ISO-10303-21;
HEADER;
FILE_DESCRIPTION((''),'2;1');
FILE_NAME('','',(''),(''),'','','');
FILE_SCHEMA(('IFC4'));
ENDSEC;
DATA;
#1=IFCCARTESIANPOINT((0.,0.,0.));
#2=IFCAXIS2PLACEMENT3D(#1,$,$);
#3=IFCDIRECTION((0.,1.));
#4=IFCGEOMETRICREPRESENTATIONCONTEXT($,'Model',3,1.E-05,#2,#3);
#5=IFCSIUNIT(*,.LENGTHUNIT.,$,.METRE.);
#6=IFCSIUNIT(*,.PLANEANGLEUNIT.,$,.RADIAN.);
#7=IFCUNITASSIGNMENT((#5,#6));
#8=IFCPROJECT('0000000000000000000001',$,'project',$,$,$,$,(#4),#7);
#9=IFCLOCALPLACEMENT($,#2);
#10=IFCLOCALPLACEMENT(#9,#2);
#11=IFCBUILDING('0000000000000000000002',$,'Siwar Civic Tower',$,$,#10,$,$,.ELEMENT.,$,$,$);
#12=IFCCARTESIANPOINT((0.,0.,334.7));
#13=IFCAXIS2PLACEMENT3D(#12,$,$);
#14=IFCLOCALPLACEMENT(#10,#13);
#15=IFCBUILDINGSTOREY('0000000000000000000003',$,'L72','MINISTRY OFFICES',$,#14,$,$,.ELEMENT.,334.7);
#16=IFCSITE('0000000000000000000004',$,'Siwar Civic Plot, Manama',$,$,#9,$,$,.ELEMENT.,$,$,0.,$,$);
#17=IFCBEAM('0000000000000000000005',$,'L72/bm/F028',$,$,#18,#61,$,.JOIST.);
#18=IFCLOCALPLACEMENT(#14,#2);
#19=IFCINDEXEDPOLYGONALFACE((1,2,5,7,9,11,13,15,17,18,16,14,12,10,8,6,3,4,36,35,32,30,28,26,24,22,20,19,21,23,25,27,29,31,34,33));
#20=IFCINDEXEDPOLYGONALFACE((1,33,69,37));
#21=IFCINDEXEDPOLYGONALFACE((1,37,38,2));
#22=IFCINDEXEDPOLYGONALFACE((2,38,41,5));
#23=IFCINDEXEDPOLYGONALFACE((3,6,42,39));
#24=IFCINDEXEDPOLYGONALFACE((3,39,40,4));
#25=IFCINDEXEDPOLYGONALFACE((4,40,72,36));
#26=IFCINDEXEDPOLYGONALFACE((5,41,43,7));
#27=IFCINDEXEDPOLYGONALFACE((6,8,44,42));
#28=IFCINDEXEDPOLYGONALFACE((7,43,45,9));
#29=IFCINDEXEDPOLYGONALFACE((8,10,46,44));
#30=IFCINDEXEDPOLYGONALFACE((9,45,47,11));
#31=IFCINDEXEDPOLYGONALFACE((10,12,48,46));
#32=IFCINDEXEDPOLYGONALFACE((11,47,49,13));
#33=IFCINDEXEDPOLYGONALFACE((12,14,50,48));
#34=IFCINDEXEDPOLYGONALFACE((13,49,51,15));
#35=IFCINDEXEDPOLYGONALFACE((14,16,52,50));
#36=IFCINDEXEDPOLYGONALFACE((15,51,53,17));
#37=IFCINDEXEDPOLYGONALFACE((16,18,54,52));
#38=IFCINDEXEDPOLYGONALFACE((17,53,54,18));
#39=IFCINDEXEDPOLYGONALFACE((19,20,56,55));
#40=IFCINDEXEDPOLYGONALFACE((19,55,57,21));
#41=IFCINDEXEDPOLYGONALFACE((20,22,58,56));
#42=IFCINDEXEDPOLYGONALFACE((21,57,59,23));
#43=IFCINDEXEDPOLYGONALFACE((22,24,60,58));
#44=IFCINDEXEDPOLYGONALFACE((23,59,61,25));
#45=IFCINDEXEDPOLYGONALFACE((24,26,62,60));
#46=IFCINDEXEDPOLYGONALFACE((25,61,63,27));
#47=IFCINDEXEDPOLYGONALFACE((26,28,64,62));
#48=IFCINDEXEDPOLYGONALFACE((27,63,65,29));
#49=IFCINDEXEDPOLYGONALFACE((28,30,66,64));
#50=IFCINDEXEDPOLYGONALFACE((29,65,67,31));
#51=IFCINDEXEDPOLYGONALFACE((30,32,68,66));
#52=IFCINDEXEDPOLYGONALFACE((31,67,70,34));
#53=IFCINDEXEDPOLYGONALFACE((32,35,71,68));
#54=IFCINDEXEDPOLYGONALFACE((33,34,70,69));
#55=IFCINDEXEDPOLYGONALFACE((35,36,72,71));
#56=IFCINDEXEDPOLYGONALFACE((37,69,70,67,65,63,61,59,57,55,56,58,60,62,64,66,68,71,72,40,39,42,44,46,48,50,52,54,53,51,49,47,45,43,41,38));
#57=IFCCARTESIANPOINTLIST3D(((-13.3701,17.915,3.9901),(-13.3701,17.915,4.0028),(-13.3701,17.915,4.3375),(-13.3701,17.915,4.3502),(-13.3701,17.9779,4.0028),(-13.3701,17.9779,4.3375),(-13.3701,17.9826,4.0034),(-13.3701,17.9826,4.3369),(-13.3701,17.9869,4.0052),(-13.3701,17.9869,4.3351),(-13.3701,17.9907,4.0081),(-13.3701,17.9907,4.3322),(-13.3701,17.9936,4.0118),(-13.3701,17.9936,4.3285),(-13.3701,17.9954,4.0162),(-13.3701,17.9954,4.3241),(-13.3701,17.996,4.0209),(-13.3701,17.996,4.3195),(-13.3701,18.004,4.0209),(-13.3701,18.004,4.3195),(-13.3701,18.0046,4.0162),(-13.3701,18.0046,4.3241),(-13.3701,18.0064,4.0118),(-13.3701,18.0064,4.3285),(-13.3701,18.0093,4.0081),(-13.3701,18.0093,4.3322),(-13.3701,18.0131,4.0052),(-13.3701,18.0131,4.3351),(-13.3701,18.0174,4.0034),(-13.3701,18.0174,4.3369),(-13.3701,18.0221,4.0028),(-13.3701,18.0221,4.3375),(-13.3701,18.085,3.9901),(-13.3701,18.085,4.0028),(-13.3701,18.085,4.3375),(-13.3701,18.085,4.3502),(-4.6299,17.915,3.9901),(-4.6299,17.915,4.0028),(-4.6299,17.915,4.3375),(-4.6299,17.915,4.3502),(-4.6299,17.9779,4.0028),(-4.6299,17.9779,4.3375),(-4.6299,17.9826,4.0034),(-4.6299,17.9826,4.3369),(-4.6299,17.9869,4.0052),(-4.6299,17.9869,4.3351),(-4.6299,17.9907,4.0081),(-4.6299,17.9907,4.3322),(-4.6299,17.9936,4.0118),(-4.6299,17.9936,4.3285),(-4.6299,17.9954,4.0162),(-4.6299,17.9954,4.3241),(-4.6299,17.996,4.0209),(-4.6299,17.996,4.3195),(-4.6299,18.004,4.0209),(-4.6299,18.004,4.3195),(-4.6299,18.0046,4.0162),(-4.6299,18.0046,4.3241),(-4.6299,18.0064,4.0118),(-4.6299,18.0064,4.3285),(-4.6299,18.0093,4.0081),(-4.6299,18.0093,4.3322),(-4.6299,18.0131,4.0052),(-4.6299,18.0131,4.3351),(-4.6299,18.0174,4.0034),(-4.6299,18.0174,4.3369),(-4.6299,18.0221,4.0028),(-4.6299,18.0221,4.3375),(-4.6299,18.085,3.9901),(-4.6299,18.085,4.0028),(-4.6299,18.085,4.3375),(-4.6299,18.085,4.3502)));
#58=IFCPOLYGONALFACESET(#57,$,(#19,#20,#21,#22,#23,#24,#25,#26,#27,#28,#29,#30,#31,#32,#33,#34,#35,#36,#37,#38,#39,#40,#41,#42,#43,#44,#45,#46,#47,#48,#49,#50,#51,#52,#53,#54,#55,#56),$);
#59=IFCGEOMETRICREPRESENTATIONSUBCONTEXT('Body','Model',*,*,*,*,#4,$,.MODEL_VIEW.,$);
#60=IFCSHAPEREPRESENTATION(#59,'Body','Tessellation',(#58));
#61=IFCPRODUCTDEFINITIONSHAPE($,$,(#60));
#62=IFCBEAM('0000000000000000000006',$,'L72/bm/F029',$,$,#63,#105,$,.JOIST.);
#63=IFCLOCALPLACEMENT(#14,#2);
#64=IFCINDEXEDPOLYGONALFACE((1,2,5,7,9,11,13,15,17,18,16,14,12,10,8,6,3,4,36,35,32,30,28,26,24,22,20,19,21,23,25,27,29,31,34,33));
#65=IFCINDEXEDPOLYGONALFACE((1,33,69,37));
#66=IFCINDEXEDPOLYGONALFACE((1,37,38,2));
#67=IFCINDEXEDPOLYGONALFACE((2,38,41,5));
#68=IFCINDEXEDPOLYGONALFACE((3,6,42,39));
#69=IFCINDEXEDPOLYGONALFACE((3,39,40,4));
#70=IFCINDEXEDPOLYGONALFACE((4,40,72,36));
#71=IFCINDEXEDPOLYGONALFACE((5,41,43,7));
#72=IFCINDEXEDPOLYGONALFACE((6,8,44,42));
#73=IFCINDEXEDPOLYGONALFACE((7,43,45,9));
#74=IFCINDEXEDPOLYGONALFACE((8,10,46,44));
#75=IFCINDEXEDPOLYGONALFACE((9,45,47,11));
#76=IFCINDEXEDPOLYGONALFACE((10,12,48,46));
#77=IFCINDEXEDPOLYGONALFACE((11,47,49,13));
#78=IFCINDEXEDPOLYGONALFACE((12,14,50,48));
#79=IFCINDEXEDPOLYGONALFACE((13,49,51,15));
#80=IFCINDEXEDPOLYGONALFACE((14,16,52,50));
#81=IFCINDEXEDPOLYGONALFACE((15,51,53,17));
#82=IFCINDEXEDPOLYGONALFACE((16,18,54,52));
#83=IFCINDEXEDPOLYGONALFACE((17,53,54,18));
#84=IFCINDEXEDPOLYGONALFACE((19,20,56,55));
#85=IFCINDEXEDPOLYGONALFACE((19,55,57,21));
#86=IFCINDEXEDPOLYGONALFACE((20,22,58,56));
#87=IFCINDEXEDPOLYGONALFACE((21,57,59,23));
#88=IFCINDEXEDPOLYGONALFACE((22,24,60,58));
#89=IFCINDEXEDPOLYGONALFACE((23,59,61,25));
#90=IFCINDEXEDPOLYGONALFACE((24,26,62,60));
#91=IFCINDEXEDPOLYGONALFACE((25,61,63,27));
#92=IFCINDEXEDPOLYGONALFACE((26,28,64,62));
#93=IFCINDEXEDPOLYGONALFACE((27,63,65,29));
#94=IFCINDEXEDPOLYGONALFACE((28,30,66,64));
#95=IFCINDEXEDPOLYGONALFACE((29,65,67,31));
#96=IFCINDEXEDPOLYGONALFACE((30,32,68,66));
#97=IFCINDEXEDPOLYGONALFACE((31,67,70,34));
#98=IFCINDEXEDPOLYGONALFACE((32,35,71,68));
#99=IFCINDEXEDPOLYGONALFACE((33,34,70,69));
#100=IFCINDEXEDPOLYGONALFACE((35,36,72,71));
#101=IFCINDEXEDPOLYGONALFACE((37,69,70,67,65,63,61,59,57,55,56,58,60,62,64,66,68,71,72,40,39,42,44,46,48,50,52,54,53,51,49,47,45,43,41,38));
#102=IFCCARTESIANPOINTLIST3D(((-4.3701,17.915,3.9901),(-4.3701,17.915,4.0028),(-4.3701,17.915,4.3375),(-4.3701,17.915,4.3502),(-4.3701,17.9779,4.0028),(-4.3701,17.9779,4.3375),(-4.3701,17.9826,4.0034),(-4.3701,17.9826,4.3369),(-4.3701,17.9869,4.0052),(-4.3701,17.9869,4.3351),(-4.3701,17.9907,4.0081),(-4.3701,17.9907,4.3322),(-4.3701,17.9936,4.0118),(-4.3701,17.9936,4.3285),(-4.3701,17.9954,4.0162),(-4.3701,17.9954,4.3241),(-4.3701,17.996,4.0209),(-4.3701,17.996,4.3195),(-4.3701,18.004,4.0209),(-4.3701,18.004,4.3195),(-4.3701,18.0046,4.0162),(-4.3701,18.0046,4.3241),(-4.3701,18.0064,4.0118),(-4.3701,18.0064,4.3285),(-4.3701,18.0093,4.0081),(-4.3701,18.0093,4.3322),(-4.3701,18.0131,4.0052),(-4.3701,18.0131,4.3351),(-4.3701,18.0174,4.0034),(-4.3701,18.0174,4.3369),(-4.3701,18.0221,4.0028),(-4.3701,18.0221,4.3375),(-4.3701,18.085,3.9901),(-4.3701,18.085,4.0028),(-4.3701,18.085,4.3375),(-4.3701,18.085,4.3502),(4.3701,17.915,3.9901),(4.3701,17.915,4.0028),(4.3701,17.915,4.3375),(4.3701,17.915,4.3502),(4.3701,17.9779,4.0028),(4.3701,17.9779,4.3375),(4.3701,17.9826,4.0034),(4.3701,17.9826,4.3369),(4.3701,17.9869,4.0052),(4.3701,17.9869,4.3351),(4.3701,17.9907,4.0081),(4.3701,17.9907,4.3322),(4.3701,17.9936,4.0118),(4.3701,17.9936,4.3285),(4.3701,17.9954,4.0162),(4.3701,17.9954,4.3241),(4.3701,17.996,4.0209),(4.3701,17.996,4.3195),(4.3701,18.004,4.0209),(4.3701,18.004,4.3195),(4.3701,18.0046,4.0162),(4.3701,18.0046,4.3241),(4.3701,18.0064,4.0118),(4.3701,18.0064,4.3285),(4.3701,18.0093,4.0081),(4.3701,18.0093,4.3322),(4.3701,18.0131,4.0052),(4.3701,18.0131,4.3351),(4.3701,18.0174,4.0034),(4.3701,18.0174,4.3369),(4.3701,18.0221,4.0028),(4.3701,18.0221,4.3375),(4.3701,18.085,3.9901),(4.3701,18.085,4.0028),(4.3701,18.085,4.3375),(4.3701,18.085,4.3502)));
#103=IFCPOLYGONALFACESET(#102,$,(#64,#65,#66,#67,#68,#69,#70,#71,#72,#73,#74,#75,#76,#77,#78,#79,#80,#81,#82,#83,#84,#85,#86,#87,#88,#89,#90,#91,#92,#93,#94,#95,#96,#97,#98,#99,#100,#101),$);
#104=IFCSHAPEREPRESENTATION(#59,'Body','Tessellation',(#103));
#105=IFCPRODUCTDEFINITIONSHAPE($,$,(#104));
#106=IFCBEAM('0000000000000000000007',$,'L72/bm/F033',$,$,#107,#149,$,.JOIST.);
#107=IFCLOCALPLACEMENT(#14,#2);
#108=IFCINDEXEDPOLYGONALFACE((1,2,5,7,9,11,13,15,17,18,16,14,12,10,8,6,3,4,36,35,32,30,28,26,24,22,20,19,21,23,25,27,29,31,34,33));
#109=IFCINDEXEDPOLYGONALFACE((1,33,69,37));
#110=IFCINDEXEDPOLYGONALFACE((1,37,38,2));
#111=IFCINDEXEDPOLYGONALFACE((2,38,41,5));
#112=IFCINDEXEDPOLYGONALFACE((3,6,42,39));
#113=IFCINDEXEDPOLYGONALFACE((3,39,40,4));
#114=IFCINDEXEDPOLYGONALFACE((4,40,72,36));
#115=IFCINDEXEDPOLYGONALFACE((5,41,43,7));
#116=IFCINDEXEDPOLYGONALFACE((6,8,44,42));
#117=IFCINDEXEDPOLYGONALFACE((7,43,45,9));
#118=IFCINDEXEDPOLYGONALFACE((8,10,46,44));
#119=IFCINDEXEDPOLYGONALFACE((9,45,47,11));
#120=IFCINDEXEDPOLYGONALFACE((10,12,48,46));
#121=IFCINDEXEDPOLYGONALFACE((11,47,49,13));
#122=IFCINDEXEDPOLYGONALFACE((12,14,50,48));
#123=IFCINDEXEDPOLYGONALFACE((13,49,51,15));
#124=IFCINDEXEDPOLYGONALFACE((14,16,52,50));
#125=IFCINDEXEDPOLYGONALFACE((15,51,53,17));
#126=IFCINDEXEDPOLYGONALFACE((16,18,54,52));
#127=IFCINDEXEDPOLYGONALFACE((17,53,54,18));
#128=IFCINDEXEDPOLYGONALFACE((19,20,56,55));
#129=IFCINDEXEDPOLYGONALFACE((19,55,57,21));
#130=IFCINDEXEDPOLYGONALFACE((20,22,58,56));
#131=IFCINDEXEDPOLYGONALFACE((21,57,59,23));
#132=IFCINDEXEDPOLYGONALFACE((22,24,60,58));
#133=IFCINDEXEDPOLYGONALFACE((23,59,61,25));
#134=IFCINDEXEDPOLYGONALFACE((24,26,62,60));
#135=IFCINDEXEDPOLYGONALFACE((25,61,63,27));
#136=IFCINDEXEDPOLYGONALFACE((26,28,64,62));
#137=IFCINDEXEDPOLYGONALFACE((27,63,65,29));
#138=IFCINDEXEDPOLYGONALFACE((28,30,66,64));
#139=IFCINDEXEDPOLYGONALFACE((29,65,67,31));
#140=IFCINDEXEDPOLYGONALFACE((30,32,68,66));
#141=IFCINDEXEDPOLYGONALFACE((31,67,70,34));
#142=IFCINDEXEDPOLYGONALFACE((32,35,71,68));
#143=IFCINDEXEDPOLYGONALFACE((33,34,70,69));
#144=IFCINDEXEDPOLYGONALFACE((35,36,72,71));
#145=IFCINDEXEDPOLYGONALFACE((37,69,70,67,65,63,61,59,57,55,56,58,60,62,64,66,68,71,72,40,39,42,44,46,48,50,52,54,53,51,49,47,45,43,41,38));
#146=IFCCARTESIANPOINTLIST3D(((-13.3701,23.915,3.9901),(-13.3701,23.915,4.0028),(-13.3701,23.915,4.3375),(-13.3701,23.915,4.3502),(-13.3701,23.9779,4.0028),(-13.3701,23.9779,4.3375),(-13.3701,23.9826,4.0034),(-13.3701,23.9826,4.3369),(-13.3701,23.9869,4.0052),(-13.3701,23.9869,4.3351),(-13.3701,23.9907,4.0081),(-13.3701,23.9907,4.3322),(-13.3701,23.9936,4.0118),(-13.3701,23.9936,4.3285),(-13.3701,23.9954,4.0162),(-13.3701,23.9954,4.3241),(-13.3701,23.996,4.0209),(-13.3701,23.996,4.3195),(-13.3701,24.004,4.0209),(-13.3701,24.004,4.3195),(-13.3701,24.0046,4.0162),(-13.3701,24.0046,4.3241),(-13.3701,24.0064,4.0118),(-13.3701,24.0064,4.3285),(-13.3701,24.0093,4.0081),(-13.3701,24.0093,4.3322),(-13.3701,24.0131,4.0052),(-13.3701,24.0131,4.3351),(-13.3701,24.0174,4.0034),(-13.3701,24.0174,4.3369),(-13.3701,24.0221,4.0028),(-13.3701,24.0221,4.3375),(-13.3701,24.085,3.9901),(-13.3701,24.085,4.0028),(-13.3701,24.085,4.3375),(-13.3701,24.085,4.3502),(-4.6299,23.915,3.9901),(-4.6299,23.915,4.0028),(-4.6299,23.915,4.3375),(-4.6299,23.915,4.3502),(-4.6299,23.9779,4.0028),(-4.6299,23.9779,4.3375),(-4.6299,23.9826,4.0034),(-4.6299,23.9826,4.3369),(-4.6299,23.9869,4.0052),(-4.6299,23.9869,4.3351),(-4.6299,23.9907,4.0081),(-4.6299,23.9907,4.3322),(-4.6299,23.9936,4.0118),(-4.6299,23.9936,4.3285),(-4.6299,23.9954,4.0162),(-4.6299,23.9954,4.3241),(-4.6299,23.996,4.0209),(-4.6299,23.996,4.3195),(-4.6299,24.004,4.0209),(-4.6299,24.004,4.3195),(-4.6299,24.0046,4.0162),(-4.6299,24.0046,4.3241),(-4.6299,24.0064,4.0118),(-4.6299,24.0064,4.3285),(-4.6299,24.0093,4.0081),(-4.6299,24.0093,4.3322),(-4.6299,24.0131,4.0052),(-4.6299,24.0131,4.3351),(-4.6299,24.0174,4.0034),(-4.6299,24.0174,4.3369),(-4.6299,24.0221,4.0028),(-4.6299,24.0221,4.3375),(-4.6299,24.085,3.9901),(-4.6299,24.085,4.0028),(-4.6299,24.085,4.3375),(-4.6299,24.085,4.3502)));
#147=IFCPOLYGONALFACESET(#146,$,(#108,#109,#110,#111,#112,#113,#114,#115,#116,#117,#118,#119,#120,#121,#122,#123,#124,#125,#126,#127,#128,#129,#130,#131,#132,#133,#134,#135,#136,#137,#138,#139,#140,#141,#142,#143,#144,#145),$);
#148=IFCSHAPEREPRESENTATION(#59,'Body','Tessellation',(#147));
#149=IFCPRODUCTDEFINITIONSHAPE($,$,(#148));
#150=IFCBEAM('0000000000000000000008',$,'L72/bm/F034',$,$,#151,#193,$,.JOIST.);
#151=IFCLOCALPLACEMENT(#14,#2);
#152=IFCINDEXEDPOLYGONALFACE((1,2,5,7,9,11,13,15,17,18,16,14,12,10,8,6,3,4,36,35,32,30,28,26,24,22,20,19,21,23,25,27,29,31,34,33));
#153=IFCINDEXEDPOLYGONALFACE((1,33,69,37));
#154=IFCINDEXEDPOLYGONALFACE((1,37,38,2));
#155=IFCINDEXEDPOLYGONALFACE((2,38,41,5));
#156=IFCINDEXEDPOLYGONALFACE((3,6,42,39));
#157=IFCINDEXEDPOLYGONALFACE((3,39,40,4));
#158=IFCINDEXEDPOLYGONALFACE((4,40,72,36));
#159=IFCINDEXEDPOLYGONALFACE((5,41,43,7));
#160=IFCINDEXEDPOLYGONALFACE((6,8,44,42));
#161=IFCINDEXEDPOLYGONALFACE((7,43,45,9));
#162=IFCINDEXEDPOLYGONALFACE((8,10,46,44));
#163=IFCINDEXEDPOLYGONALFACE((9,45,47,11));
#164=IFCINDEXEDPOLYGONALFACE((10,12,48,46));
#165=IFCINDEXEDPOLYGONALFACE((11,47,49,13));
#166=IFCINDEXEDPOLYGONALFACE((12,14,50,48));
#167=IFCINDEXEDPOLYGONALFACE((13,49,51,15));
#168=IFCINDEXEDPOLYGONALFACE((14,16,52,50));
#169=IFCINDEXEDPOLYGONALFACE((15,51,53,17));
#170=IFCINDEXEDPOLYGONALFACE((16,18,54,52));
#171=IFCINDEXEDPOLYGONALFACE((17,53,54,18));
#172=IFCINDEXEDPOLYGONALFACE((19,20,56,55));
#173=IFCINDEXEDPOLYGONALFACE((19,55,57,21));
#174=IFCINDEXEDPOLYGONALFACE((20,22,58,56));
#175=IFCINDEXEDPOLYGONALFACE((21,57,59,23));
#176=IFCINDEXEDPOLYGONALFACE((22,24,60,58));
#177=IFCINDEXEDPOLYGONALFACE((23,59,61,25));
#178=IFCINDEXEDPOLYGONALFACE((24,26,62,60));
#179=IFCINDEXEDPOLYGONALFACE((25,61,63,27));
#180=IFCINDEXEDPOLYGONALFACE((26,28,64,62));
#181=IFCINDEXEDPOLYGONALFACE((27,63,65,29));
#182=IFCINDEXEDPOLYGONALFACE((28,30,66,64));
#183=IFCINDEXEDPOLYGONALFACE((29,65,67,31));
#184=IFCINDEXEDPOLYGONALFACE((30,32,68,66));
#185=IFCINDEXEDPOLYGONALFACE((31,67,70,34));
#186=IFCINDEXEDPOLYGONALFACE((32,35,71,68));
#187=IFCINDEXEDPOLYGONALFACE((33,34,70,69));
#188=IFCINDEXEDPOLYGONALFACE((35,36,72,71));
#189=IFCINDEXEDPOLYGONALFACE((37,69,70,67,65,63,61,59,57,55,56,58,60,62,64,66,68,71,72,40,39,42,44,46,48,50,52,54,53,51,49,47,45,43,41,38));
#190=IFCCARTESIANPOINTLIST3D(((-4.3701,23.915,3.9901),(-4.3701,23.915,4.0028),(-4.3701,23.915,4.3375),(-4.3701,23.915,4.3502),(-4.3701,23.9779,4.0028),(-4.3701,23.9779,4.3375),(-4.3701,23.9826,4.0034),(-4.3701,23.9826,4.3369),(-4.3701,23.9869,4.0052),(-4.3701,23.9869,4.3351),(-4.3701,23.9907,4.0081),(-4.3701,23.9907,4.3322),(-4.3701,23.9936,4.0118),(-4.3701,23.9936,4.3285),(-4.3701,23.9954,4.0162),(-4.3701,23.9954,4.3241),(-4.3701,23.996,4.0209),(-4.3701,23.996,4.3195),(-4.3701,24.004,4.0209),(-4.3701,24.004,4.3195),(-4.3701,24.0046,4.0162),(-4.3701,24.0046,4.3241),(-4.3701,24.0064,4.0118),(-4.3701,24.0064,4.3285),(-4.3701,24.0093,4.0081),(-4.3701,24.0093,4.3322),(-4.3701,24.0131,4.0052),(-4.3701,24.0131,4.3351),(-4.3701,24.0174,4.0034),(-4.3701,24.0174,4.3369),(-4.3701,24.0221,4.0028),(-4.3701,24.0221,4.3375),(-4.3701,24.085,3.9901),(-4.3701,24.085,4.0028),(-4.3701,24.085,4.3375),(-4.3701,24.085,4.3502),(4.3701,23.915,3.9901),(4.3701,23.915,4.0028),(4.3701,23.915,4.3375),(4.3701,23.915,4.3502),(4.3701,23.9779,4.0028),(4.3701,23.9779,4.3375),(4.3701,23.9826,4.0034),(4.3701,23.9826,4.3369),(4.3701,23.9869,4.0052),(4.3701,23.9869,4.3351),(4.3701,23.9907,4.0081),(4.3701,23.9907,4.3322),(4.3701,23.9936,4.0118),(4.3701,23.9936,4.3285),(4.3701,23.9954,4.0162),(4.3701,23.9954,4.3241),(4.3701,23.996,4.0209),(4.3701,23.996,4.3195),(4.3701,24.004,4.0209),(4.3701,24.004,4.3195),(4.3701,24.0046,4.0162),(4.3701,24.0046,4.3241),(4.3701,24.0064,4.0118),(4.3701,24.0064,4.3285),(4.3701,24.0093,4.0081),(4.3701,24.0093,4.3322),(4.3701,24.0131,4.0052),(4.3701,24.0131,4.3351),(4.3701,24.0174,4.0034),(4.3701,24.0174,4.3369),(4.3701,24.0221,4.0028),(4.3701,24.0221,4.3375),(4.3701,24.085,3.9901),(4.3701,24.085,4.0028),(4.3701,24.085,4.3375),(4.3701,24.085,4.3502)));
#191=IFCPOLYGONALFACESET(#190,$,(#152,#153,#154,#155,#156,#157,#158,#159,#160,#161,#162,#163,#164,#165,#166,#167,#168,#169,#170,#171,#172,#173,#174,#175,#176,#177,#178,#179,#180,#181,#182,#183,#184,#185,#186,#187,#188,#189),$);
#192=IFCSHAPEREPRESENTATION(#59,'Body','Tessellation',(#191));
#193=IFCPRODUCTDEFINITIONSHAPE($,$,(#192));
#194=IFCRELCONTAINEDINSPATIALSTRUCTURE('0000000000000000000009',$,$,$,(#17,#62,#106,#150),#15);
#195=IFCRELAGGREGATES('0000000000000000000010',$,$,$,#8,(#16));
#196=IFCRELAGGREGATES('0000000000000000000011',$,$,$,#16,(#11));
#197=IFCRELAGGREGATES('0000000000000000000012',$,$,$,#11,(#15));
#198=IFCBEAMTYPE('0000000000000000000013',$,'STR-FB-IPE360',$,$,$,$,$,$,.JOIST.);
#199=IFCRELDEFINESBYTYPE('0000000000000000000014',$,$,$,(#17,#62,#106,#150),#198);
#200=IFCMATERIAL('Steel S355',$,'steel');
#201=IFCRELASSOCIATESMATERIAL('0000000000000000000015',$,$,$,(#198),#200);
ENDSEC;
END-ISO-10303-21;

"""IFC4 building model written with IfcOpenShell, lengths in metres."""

from ifc_helpers import new_model, si_unit, direction, frame, origin, origin_2d, place, context, subcontext, project, spatial, i_section, extrude, material, material_profile, profile_set, type_object, element, save


model = new_model("IFC4")

# Units and contexts
model_context = context("Model", 3, precision=1e-05, world=origin(), true_north=direction((0.0, 1.0)))
body_context = subcontext(model_context, "Body", "Model", "MODEL_VIEW")
ifc_project = project(units=[si_unit("LENGTHUNIT", "METRE"), si_unit("PLANEANGLEUNIT", "RADIAN")], contexts=[model_context])

# Site, building, storey
site_placement = place(None, origin())
site = spatial("IfcSite", under=ifc_project, at=site_placement, Name="Siwar Civic Plot, Manama", CompositionType="ELEMENT", RefElevation=0.0)
building_placement = place(site_placement, origin())
building = spatial("IfcBuilding", under=site, at=building_placement, Name="Siwar Civic Tower", CompositionType="ELEMENT")
storey_placement = place(building_placement, frame((0.0, 0.0, 334.7)))
storey = spatial("IfcBuildingStorey", under=building, at=storey_placement, Name="L72", Description="MINISTRY OFFICES", CompositionType="ELEMENT", Elevation=334.7)

# Beams
ifc_material_1 = material(Name="Steel S355", Category="steel")
ifc_material_profile_1 = material_profile(ifc_material_1, i_section(OverallWidth=0.1699, OverallDepth=0.3601, WebThickness=0.0081, FlangeThickness=0.0127, FilletRadius=0.0181, at=origin_2d()), Name="IPE360")
ifc_profile_set_1 = profile_set([ifc_material_profile_1], Name="Steel S355")
beam_type_1 = type_object("IfcBeamType", Name="STR-FB-IPE360", PredefinedType="JOIST", material=ifc_profile_set_1)
for number, where, z_axis, x_axis, name in (
    (1, (-13.3701, 18.0, 4.1702), (1.0, 0.0, 0.0), (0.0, 1.0, 0.0), "L72/bm/F028"),
    (2, (-4.3701, 18.0, 4.1702), (1.0, 0.0, 0.0), (0.0, 1.0, 0.0), "L72/bm/F029"),
    (3, (-13.3701, 24.0, 4.1702), (1.0, 0.0, 0.0), (0.0, 1.0, 0.0), "L72/bm/F033"),
    (4, (-4.3701, 24.0, 4.1702), (1.0, 0.0, 0.0), (0.0, 1.0, 0.0), "L72/bm/F034"),
):
    element("IfcBeam", number, at=place(storey_placement, frame(where, z_axis=z_axis, x_axis=x_axis)), inside=storey, type_object=beam_type_1, Name=name, PredefinedType="JOIST", context=body_context, shape_type="SweptSolid", body=[
        extrude(i_section(OverallWidth=0.1699, OverallDepth=0.3601, WebThickness=0.0081, FlangeThickness=0.0127, FilletRadius=0.0181, at=origin_2d()), origin(), (0.0, 0.0, 1.0), 8.7402),
    ])

save(model, "model.ifc")
